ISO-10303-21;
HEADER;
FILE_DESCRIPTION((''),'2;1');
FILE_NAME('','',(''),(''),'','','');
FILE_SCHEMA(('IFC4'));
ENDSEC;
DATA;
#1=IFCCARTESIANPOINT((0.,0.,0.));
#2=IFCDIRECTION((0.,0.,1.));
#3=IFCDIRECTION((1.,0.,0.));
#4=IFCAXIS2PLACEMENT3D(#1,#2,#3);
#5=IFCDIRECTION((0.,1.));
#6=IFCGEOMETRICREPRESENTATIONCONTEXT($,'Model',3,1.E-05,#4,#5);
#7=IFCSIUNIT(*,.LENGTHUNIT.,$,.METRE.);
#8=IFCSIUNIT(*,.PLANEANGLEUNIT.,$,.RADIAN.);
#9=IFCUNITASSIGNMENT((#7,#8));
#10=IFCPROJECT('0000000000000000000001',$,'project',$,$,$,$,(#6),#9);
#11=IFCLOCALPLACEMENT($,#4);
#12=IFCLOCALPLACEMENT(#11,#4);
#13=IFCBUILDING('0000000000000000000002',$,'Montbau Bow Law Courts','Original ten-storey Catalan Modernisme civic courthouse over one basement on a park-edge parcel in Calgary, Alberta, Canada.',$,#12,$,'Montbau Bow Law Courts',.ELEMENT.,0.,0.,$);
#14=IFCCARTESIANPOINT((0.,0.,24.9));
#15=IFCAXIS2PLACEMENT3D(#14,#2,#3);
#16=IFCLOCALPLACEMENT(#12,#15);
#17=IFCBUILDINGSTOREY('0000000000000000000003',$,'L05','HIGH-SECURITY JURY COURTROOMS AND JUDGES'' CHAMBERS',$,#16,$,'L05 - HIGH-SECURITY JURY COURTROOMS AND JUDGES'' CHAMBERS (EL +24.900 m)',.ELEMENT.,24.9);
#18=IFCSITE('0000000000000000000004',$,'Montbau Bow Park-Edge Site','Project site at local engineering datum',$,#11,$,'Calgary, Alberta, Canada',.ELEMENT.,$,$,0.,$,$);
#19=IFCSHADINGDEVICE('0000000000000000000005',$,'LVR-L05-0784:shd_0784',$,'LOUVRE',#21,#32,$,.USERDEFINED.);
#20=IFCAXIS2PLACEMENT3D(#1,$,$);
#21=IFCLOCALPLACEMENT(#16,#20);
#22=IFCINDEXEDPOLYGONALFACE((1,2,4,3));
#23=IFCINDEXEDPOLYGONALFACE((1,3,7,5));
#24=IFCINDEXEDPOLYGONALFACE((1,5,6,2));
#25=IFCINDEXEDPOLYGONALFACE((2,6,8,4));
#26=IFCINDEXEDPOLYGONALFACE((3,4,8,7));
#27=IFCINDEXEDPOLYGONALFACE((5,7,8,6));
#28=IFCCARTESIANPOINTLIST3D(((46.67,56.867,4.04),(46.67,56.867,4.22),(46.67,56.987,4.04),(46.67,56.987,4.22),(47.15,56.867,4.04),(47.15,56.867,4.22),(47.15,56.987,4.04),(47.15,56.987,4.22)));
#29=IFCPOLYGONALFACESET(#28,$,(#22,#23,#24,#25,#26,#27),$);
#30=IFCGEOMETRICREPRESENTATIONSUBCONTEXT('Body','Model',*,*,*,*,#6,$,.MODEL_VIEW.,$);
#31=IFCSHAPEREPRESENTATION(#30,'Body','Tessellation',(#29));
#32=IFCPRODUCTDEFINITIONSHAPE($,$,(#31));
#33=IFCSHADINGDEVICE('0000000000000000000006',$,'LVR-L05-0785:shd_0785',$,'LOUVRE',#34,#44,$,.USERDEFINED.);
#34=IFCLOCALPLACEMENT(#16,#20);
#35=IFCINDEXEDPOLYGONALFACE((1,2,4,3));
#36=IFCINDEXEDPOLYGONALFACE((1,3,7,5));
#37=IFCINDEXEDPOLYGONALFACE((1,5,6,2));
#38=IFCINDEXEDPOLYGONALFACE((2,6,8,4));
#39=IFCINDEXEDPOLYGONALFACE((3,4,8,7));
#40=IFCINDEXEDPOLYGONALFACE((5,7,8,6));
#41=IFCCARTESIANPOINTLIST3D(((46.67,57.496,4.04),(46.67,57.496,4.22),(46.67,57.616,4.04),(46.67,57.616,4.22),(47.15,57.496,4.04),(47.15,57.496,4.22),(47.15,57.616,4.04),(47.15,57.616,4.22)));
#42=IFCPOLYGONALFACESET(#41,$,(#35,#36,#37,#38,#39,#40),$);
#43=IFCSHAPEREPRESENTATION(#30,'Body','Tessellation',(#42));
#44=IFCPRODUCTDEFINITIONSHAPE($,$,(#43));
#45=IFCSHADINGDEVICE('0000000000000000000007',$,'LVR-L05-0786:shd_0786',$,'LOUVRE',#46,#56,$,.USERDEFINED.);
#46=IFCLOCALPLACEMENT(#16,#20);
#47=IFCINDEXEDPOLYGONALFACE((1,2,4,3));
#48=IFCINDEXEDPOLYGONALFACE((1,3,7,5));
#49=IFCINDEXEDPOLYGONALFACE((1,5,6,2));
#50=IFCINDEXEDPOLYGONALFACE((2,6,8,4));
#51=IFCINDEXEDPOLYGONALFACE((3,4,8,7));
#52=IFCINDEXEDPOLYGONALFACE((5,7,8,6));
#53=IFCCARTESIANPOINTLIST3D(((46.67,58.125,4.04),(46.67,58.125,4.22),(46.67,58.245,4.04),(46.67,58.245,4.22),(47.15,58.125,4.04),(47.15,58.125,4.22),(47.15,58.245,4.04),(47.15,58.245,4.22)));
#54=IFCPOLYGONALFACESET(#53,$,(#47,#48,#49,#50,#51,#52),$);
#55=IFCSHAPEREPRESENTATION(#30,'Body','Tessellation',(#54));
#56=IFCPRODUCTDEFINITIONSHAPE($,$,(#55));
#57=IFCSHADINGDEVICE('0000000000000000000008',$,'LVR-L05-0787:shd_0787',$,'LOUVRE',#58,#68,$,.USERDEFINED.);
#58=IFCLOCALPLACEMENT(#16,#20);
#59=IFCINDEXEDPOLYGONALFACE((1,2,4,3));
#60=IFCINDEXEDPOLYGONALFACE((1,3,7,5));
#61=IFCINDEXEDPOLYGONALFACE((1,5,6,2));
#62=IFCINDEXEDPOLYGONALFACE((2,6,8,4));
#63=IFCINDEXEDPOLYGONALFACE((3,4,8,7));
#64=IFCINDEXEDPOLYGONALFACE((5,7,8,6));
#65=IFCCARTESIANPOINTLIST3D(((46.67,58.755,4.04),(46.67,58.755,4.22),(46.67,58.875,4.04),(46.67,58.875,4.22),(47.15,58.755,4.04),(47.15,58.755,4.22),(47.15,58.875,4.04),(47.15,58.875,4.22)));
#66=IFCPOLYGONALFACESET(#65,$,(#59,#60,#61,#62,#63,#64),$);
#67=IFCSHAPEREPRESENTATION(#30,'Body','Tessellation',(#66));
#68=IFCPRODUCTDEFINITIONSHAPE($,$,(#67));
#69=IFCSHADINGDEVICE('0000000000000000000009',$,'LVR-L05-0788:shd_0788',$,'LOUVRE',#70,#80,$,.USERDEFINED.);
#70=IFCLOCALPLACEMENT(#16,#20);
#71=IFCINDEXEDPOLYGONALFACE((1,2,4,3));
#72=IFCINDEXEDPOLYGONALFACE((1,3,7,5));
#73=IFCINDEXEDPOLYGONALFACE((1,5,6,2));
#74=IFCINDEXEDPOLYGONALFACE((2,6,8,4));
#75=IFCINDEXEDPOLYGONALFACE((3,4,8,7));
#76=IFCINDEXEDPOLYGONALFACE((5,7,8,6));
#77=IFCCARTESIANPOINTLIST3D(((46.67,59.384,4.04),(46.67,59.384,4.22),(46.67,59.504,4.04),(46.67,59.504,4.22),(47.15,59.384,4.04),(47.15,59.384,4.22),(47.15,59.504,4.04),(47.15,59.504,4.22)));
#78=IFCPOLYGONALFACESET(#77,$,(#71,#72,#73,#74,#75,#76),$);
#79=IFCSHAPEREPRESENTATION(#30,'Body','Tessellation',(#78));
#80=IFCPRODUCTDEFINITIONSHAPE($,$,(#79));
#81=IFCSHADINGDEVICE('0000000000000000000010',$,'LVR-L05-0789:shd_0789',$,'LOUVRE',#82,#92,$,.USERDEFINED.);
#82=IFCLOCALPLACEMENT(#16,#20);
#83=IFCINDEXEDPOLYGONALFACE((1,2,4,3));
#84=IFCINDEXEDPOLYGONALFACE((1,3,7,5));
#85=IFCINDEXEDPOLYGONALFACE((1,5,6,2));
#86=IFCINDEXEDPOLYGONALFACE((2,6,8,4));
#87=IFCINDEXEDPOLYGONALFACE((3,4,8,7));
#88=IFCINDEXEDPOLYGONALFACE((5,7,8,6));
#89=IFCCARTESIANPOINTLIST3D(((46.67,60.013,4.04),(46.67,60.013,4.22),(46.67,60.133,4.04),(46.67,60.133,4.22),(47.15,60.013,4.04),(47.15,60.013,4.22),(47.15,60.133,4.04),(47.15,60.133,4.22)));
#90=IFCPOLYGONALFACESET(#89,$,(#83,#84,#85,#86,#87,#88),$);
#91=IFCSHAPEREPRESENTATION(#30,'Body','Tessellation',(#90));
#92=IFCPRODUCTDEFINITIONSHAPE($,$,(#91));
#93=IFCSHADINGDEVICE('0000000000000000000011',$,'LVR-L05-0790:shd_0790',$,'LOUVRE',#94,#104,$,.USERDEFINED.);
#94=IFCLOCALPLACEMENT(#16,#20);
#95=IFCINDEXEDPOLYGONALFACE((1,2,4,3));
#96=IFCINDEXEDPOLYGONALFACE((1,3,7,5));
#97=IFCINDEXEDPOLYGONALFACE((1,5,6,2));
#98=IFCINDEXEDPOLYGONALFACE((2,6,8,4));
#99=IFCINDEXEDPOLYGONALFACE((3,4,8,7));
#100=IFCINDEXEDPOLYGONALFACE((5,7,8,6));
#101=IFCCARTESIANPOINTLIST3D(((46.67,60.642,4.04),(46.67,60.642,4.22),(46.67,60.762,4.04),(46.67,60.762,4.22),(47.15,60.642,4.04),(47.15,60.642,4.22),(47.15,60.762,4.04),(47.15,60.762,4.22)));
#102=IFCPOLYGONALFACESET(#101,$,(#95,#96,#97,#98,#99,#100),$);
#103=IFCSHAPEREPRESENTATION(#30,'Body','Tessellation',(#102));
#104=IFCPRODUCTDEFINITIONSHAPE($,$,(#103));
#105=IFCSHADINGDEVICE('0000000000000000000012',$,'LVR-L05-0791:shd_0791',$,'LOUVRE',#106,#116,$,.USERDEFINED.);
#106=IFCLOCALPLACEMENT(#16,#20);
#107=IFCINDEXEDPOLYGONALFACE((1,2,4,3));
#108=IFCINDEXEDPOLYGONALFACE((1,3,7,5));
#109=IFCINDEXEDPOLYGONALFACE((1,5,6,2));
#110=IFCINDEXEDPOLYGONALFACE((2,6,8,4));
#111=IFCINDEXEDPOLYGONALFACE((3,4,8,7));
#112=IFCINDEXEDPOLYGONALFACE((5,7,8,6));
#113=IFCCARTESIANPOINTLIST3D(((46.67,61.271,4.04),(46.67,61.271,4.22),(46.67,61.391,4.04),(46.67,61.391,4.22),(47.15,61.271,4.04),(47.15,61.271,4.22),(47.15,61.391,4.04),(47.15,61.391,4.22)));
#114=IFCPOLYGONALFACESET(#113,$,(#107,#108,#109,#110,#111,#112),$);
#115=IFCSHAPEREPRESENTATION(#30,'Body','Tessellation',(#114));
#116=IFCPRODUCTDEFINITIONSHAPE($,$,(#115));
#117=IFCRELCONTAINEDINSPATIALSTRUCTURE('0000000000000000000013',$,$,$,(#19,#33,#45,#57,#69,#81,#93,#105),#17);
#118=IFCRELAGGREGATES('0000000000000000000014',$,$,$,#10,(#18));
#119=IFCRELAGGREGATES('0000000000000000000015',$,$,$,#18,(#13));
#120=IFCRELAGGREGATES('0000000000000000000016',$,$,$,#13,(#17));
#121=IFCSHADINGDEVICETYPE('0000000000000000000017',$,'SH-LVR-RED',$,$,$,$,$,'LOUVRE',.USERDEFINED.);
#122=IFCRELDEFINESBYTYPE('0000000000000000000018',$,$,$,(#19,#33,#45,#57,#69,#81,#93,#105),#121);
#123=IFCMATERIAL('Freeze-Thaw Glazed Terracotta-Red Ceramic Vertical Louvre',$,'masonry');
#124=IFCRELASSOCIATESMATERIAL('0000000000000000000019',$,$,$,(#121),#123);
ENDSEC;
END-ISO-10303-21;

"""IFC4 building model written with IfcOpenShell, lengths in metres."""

from ifc_helpers import new_model, si_unit, direction, frame, origin_with_axes, origin_2d_with_axis, place, context, subcontext, project, spatial, rectangle, extrude, material, type_object, element, save


model = new_model("IFC4")

# Units and contexts
model_context = context("Model", 3, precision=1e-05, world=origin_with_axes(), true_north=direction((0.0, 1.0)))
body_context = subcontext(model_context, "Body", "Model", "MODEL_VIEW")
ifc_project = project(units=[si_unit("LENGTHUNIT", "METRE"), si_unit("PLANEANGLEUNIT", "RADIAN")], contexts=[model_context])

# Site, building, storey
site_placement = place(None, origin_with_axes())
site = spatial("IfcSite", under=ifc_project, at=site_placement, Name="Montbau Bow Park-Edge Site", Description="Project site at local engineering datum", LongName="Calgary, Alberta, Canada", CompositionType="ELEMENT", RefElevation=0.0)
building_placement = place(site_placement, origin_with_axes())
building = spatial("IfcBuilding", under=site, at=building_placement, Name="Montbau Bow Law Courts", Description="Original ten-storey Catalan Modernisme civic courthouse over one basement on a park-edge parcel in Calgary, Alberta, Canada.", LongName="Montbau Bow Law Courts", CompositionType="ELEMENT", ElevationOfRefHeight=0.0, ElevationOfTerrain=0.0)
storey_placement = place(building_placement, frame((0.0, 0.0, 24.9), z_axis=(0.0, 0.0, 1.0), x_axis=(1.0, 0.0, 0.0)))
storey = spatial("IfcBuildingStorey", under=building, at=storey_placement, Name="L05", Description="HIGH-SECURITY JURY COURTROOMS AND JUDGES' CHAMBERS", LongName="L05 - HIGH-SECURITY JURY COURTROOMS AND JUDGES' CHAMBERS (EL +24.900 m)", CompositionType="ELEMENT", Elevation=24.9)

# Shading devices
ifc_material_1 = material(Name="Freeze-Thaw Glazed Terracotta-Red Ceramic Vertical Louvre", Category="masonry")
shading_device_type = type_object("IfcShadingDeviceType", Name="SH-LVR-RED", ElementType="LOUVRE", PredefinedType="USERDEFINED", material=ifc_material_1)
for number, where, z_axis, x_axis, name in (
    (1, (46.91, 56.927, 28.94), (0.0, 0.0, 1.0), (1.0, 0.0, 0.0), "LVR-L05-0784:shd_0784"),
    (2, (46.91, 57.556, 28.94), (0.0, 0.0, 1.0), (1.0, 0.0, 0.0), "LVR-L05-0785:shd_0785"),
    (3, (46.91, 58.185, 28.94), (0.0, 0.0, 1.0), (1.0, 0.0, 0.0), "LVR-L05-0786:shd_0786"),
    (4, (46.91, 58.815, 28.94), (0.0, 0.0, 1.0), (1.0, 0.0, 0.0), "LVR-L05-0787:shd_0787"),
    (5, (46.91, 59.444, 28.94), (0.0, 0.0, 1.0), (1.0, 0.0, 0.0), "LVR-L05-0788:shd_0788"),
    (6, (46.91, 60.073, 28.94), (0.0, 0.0, 1.0), (1.0, 0.0, 0.0), "LVR-L05-0789:shd_0789"),
    (7, (46.91, 60.702, 28.94), (0.0, 0.0, 1.0), (1.0, 0.0, 0.0), "LVR-L05-0790:shd_0790"),
    (8, (46.91, 61.331, 28.94), (0.0, 0.0, 1.0), (1.0, 0.0, 0.0), "LVR-L05-0791:shd_0791"),
):
    element("IfcShadingDevice", number, at=place(None, frame(where, z_axis=z_axis, x_axis=x_axis)), inside=storey, type_object=shading_device_type, Name=name, ObjectType="LOUVRE", PredefinedType="USERDEFINED", context=body_context, shape_type="SweptSolid", body=[
        extrude(rectangle(XDim=0.48, YDim=0.12, at=origin_2d_with_axis()), origin_with_axes(), (0.0, 0.0, 1.0), 0.18),
    ])

save(model, "model.ifc")
